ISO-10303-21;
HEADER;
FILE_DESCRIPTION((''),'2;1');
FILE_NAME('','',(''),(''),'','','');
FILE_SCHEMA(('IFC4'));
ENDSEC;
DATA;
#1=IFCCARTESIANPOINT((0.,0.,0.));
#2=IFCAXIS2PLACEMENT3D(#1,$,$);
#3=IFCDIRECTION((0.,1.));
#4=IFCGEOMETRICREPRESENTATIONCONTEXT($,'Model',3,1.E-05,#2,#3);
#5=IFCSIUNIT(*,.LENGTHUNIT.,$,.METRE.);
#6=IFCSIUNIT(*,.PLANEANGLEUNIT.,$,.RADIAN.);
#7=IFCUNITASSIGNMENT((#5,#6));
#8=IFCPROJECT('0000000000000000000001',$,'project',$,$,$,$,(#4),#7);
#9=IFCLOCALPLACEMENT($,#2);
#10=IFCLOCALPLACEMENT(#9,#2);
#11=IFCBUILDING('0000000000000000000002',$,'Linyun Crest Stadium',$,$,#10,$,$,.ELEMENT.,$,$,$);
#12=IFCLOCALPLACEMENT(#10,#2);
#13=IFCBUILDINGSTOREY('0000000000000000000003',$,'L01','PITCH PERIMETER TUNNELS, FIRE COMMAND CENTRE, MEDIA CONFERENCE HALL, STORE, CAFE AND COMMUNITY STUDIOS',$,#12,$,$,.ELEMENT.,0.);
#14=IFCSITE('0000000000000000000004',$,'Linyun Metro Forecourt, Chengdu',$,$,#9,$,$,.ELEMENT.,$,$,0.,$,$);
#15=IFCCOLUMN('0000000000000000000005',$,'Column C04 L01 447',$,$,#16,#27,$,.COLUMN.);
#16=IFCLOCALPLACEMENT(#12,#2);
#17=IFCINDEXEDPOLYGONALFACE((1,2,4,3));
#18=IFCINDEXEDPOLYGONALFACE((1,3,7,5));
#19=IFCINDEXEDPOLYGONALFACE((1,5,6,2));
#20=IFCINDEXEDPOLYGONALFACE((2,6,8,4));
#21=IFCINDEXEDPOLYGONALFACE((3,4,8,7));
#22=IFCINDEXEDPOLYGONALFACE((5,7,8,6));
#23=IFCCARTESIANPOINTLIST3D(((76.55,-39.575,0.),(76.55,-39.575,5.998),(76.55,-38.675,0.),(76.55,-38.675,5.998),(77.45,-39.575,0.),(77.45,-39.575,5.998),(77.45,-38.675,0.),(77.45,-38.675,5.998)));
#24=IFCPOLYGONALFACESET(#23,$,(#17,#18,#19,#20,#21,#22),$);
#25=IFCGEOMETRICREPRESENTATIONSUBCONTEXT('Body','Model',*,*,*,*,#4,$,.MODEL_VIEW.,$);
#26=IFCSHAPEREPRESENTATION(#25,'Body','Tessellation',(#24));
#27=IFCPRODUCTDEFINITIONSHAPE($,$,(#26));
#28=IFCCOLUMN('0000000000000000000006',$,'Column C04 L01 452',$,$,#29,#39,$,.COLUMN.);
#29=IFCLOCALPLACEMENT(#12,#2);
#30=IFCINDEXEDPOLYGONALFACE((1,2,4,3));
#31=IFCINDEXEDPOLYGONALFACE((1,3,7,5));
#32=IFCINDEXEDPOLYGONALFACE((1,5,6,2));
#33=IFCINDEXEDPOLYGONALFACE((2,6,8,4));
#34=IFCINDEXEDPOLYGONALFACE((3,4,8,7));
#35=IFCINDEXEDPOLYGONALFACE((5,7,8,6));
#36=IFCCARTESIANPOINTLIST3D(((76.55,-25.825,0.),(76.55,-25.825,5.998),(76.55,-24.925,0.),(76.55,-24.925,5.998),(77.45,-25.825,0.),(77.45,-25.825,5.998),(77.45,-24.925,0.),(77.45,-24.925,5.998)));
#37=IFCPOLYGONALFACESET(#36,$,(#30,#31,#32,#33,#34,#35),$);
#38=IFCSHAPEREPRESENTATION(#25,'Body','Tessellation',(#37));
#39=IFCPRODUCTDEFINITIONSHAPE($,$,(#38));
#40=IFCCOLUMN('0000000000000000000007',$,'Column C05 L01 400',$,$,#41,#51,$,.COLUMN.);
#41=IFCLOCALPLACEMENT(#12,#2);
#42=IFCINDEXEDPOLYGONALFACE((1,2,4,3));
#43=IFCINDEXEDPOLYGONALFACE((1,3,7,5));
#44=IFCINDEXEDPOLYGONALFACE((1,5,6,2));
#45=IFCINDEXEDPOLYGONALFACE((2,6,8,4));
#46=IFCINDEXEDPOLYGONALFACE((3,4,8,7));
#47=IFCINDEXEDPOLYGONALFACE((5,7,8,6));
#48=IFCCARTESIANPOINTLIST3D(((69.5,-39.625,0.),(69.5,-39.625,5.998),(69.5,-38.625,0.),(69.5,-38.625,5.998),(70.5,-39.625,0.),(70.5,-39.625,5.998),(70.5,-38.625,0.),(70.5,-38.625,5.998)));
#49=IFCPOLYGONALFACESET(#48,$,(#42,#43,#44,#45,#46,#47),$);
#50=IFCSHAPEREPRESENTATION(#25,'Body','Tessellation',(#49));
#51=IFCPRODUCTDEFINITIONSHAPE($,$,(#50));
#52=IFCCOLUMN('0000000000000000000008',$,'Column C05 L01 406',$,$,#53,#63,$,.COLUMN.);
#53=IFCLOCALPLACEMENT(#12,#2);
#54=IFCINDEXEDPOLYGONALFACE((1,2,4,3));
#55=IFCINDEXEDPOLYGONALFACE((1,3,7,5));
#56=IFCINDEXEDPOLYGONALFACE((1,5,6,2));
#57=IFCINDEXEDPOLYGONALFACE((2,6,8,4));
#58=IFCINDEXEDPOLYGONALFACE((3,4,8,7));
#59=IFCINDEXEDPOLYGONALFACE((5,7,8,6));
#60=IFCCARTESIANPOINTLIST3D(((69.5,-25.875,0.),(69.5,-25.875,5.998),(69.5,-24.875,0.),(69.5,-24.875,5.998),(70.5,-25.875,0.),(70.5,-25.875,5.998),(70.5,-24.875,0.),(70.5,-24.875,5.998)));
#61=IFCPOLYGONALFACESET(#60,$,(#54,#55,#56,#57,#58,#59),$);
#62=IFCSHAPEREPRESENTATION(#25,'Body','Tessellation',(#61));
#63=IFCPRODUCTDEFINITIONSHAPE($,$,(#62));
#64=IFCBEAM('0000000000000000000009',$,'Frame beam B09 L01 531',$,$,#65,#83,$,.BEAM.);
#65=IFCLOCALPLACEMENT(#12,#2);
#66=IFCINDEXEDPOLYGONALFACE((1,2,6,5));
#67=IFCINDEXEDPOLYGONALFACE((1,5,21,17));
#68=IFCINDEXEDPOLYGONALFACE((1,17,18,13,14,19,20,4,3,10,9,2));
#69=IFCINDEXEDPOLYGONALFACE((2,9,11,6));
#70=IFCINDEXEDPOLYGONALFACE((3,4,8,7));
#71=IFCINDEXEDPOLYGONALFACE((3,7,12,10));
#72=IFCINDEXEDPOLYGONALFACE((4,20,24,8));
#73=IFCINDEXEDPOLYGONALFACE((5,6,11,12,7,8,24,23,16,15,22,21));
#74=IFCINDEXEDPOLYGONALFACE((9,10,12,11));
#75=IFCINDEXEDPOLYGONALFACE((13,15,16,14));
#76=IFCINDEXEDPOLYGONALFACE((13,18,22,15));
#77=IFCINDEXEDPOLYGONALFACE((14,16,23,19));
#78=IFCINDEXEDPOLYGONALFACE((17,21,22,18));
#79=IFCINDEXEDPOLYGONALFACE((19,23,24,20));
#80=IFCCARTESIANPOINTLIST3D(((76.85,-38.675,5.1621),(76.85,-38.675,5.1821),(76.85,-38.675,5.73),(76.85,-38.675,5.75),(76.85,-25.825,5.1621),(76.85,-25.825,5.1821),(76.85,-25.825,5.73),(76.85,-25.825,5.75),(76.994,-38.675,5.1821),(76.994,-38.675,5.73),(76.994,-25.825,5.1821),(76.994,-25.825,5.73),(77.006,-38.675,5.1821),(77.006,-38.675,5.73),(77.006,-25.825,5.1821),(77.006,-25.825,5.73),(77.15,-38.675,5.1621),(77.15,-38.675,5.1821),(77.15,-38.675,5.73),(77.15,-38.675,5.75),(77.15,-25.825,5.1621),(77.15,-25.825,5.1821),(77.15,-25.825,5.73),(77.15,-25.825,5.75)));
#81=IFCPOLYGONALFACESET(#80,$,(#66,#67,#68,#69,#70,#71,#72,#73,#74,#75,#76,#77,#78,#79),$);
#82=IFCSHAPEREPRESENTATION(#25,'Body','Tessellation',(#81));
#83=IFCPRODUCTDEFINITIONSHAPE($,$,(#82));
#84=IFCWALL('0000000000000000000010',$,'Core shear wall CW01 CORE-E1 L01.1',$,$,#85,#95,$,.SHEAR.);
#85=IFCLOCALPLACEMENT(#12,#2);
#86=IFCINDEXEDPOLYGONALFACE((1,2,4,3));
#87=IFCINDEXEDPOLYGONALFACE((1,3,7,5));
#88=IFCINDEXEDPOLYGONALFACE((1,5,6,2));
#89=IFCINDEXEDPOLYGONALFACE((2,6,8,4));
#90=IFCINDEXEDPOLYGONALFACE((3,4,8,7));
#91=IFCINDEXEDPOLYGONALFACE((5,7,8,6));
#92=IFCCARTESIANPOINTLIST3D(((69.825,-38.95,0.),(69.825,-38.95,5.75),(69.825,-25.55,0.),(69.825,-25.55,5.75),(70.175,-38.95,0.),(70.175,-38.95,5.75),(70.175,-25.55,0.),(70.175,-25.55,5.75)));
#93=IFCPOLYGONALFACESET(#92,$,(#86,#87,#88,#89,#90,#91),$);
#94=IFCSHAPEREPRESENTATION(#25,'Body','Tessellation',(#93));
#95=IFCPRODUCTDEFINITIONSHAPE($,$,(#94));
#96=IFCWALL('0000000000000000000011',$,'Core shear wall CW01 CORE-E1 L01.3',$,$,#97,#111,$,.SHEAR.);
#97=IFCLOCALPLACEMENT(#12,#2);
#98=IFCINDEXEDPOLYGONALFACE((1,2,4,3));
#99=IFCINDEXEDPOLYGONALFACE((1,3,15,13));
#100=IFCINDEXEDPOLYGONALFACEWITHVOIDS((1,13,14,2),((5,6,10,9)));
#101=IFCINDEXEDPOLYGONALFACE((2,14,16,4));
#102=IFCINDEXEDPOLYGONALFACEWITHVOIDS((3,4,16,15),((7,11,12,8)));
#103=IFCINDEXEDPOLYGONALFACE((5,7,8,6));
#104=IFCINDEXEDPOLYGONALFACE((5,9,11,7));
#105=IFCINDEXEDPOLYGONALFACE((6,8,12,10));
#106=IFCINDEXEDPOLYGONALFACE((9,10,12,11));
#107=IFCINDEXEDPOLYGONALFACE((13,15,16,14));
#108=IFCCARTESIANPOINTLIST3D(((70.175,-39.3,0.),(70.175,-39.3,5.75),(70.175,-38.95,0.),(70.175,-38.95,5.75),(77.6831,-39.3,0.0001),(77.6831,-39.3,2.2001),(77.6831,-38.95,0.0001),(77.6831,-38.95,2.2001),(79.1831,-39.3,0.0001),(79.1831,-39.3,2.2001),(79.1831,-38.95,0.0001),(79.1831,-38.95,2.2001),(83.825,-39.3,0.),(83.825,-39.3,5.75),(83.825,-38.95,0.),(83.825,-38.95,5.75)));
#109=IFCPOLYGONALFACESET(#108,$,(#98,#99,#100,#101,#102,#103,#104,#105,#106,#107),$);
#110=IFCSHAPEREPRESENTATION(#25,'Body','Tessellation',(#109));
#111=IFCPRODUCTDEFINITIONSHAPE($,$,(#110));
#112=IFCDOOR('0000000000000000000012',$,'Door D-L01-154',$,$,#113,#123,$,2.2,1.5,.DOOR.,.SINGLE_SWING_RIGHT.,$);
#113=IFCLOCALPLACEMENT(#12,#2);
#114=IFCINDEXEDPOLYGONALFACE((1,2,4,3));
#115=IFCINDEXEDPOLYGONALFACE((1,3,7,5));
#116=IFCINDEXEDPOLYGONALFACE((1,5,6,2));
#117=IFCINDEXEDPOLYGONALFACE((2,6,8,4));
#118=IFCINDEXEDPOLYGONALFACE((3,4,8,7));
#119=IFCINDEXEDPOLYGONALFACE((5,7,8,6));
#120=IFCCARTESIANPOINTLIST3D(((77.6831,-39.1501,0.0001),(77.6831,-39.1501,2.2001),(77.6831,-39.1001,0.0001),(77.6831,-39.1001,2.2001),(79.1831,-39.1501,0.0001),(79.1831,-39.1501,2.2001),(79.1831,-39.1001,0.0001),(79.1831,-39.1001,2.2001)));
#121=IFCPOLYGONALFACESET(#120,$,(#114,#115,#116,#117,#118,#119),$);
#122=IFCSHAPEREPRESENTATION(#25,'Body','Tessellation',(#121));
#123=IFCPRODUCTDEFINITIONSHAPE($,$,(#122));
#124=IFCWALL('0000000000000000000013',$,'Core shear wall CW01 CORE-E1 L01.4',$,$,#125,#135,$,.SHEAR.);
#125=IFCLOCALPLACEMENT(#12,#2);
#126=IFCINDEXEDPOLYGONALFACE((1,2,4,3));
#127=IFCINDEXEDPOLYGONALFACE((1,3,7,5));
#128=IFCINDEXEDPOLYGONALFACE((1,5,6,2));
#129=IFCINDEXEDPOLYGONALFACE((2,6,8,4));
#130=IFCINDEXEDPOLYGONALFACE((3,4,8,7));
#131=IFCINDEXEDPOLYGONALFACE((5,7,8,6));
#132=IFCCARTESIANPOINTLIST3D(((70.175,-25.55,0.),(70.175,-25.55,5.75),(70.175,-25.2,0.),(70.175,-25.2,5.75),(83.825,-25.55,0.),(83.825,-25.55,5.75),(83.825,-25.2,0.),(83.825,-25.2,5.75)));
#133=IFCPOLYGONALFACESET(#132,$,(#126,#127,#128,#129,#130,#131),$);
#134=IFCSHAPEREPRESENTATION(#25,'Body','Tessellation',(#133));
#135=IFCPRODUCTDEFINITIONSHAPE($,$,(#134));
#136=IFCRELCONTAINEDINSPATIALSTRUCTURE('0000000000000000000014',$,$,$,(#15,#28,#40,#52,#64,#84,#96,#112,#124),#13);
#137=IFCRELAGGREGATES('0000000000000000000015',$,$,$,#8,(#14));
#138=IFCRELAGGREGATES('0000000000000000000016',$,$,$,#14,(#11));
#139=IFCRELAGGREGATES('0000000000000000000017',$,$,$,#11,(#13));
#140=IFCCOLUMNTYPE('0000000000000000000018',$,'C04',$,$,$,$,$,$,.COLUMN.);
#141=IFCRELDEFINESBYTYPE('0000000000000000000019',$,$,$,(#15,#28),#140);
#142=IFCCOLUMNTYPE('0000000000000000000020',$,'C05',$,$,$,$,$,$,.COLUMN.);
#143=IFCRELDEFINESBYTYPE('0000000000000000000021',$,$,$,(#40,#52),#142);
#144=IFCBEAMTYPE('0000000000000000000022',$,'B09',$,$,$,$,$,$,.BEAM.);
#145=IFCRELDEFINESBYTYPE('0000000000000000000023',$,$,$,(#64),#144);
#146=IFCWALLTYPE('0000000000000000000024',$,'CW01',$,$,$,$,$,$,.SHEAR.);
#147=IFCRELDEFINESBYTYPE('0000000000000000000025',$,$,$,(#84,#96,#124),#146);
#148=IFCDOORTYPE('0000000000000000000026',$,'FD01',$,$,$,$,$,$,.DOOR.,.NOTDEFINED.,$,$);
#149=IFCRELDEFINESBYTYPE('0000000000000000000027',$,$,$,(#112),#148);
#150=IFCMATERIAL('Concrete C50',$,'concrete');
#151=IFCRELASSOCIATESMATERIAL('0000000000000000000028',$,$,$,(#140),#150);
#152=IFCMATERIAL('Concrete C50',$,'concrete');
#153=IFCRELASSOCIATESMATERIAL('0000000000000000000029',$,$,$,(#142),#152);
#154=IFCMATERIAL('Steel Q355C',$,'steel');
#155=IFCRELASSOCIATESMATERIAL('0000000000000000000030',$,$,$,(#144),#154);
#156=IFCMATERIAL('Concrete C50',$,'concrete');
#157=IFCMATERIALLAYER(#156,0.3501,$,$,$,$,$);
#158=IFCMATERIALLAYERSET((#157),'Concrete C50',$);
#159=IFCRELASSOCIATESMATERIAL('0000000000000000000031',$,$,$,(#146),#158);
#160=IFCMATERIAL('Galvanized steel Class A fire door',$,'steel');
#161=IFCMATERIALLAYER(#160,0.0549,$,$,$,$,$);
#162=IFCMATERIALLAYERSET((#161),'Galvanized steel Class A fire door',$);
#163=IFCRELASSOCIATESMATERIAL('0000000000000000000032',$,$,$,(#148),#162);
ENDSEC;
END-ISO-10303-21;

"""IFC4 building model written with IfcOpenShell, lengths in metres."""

from ifc_helpers import new_model, si_unit, direction, frame, frame_2d, origin, origin_2d, place, context, subcontext, project, spatial, rectangle, i_section, extrude, material, layer, layer_set, material_profile, profile_set, type_object, element, fill, save


model = new_model("IFC4")

# Units and contexts
model_context = context("Model", 3, precision=1e-05, world=origin(), true_north=direction((0.0, 1.0)))
body_context = subcontext(model_context, "Body", "Model", "MODEL_VIEW")
ifc_project = project(units=[si_unit("LENGTHUNIT", "METRE"), si_unit("PLANEANGLEUNIT", "RADIAN")], contexts=[model_context])

# Site, building, storey
site_placement = place(None, origin())
site = spatial("IfcSite", under=ifc_project, at=site_placement, Name="Linyun Metro Forecourt, Chengdu", CompositionType="ELEMENT", RefElevation=0.0)
building_placement = place(site_placement, origin())
building = spatial("IfcBuilding", under=site, at=building_placement, Name="Linyun Crest Stadium", CompositionType="ELEMENT")
storey_placement = place(building_placement, origin())
storey = spatial("IfcBuildingStorey", under=building, at=storey_placement, Name="L01", Description="PITCH PERIMETER TUNNELS, FIRE COMMAND CENTRE, MEDIA CONFERENCE HALL, STORE, CAFE AND COMMUNITY STUDIOS", CompositionType="ELEMENT", Elevation=0.0)

# Columns
ifc_material_1 = material(Name="Concrete C50", Category="concrete")
ifc_material_profile_1 = material_profile(ifc_material_1, rectangle(XDim=0.8999, YDim=0.8999, at=origin_2d()), Name="RC 900x900")
ifc_profile_set_1 = profile_set([ifc_material_profile_1], Name="Concrete C50")
column_type_1 = type_object("IfcColumnType", Name="C04", PredefinedType="COLUMN", material=ifc_profile_set_1)
for number, where, z_axis, x_axis, name in (
    (1, (77.0, -39.125, 0.0), (0.0, 0.0, 1.0), (1.0, 0.0, 0.0), "Column C04 L01 447"),
    (2, (77.0, -25.375, 0.0), (0.0, 0.0, 1.0), (1.0, 0.0, 0.0), "Column C04 L01 452"),
):
    element("IfcColumn", number, at=place(storey_placement, frame(where, z_axis=z_axis, x_axis=x_axis)), inside=storey, type_object=column_type_1, Name=name, PredefinedType="COLUMN", context=body_context, shape_type="SweptSolid", body=[
        extrude(rectangle(XDim=0.8999, YDim=0.8999, at=origin_2d()), origin(), (0.0, 0.0, 1.0), 5.998),
    ])
ifc_material_2 = material(Name="Concrete C50", Category="concrete")
ifc_material_profile_2 = material_profile(ifc_material_2, rectangle(XDim=1.0, YDim=1.0, at=origin_2d()), Name="RC 1000x1000")
ifc_profile_set_2 = profile_set([ifc_material_profile_2], Name="Concrete C50")
column_type_2 = type_object("IfcColumnType", Name="C05", PredefinedType="COLUMN", material=ifc_profile_set_2)
for number, where, z_axis, x_axis, name in (
    (3, (70.0, -39.125, 0.0), (0.0, 0.0, 1.0), (1.0, 0.0, 0.0), "Column C05 L01 400"),
    (4, (70.0, -25.375, 0.0), (0.0, 0.0, 1.0), (1.0, 0.0, 0.0), "Column C05 L01 406"),
):
    element("IfcColumn", number, at=place(storey_placement, frame(where, z_axis=z_axis, x_axis=x_axis)), inside=storey, type_object=column_type_2, Name=name, PredefinedType="COLUMN", context=body_context, shape_type="SweptSolid", body=[
        extrude(rectangle(XDim=1.0, YDim=1.0, at=origin_2d()), origin(), (0.0, 0.0, 1.0), 5.998),
    ])

# Beam
ifc_material_3 = material(Name="Steel Q355C", Category="steel")
ifc_material_profile_3 = material_profile(ifc_material_3, i_section(OverallWidth=0.3, OverallDepth=0.5879, WebThickness=0.012, FlangeThickness=0.02, at=origin_2d()), Name="HM 588x300")
ifc_profile_set_3 = profile_set([ifc_material_profile_3], Name="Steel Q355C")
beam_type = type_object("IfcBeamType", Name="B09", PredefinedType="BEAM", material=ifc_profile_set_3)
beam_placement = place(storey_placement, frame((77.0, -38.675, 5.4561), z_axis=(0.0, 1.0, 0.0), x_axis=(-1.0, 0.0, 0.0)))
element("IfcBeam", 5, at=beam_placement, inside=storey, type_object=beam_type, Name="Frame beam B09 L01 531", PredefinedType="BEAM", context=body_context, shape_type="SweptSolid", body=[
    extrude(i_section(OverallWidth=0.3, OverallDepth=0.5879, WebThickness=0.012, FlangeThickness=0.02, at=origin_2d()), origin(), (0.0, 0.0, 1.0), 12.8501),
])

# Wall
ifc_material_4 = material(Name="Concrete C50", Category="concrete")
ifc_layer_1 = layer(ifc_material_4, 0.3501)
ifc_layer_set_1 = layer_set([ifc_layer_1], Name="Concrete C50")
wall_type_1 = type_object("IfcWallType", Name="CW01", PredefinedType="SHEAR", material=ifc_layer_set_1)
wall_1_placement = place(storey_placement, frame((70.0, -38.95, 0.0), z_axis=(0.0, 0.0, 1.0), x_axis=(0.0, 1.0, 0.0)))
element("IfcWall", 6, at=wall_1_placement, inside=storey, type_object=wall_type_1, Name="Core shear wall CW01 CORE-E1 L01.1", PredefinedType="SHEAR", context=body_context, shape_type="SweptSolid", body=[
    extrude(rectangle(XDim=13.3999, YDim=0.3501, at=frame_2d((6.7, 0.0))), origin(), (0.0, 0.0, 1.0), 5.75),
])

# Wall, opening, door
wall_2_placement = place(storey_placement, frame((70.175, -39.125, 0.0), z_axis=(0.0, 0.0, 1.0), x_axis=(1.0, 0.0, 0.0)))
wall_2 = element("IfcWall", 7, at=wall_2_placement, inside=storey, type_object=wall_type_1, Name="Core shear wall CW01 CORE-E1 L01.3", PredefinedType="SHEAR", context=body_context, shape_type="SweptSolid", body=[
    extrude(rectangle(XDim=13.6499, YDim=0.3501, at=frame_2d((6.825, 0.0))), origin(), (0.0, 0.0, 1.0), 5.75),
])
opening_1_placement = place(wall_2_placement, frame((7.5081, 0.0, 0.0)))
opening_1 = element("IfcOpeningElement", 8, at=opening_1_placement, cuts=wall_2, PredefinedType="OPENING", context=body_context, shape_type="SweptSolid", body=[
    extrude(rectangle(XDim=1.5, YDim=2.2, at=frame_2d((0.75, 1.1001))), frame((0.0, 0.1851, 0.0), z_axis=(0.0, -1.0, 0.0), x_axis=(1.0, 0.0, 0.0)), (0.0, 0.0, 1.0), 0.3701),
])
ifc_material_5 = material(Name="Galvanized steel Class A fire door", Category="steel")
ifc_layer_2 = layer(ifc_material_5, 0.0549)
ifc_layer_set_2 = layer_set([ifc_layer_2], Name="Galvanized steel Class A fire door")
door_type_1 = type_object("IfcDoorType", Name="FD01", OperationType="NOTDEFINED", PredefinedType="DOOR", material=ifc_layer_set_2)
door_1_placement = place(opening_1_placement, origin())
door_1 = element("IfcDoor", 9, at=door_1_placement, inside=storey, type_object=door_type_1, Name="Door D-L01-154", OperationType="SINGLE_SWING_RIGHT", OverallHeight=2.2, OverallWidth=1.5, PredefinedType="DOOR", context=body_context, shape_type="SweptSolid", body=[
    extrude(rectangle(XDim=1.5, YDim=2.2, at=frame_2d((0.75, 1.1001))), frame((0.0, 0.0249, 0.0), z_axis=(0.0, -1.0, 0.0), x_axis=(1.0, 0.0, 0.0)), (0.0, 0.0, 1.0), 0.05),
])
fill(opening_1, door_1)

# Wall
wall_3_placement = place(storey_placement, frame((70.175, -25.375, 0.0), z_axis=(0.0, 0.0, 1.0), x_axis=(1.0, 0.0, 0.0)))
element("IfcWall", 10, at=wall_3_placement, inside=storey, type_object=wall_type_1, Name="Core shear wall CW01 CORE-E1 L01.4", PredefinedType="SHEAR", context=body_context, shape_type="SweptSolid", body=[
    extrude(rectangle(XDim=13.6499, YDim=0.3501, at=frame_2d((6.825, 0.0))), origin(), (0.0, 0.0, 1.0), 5.75),
])

save(model, "model.ifc")
